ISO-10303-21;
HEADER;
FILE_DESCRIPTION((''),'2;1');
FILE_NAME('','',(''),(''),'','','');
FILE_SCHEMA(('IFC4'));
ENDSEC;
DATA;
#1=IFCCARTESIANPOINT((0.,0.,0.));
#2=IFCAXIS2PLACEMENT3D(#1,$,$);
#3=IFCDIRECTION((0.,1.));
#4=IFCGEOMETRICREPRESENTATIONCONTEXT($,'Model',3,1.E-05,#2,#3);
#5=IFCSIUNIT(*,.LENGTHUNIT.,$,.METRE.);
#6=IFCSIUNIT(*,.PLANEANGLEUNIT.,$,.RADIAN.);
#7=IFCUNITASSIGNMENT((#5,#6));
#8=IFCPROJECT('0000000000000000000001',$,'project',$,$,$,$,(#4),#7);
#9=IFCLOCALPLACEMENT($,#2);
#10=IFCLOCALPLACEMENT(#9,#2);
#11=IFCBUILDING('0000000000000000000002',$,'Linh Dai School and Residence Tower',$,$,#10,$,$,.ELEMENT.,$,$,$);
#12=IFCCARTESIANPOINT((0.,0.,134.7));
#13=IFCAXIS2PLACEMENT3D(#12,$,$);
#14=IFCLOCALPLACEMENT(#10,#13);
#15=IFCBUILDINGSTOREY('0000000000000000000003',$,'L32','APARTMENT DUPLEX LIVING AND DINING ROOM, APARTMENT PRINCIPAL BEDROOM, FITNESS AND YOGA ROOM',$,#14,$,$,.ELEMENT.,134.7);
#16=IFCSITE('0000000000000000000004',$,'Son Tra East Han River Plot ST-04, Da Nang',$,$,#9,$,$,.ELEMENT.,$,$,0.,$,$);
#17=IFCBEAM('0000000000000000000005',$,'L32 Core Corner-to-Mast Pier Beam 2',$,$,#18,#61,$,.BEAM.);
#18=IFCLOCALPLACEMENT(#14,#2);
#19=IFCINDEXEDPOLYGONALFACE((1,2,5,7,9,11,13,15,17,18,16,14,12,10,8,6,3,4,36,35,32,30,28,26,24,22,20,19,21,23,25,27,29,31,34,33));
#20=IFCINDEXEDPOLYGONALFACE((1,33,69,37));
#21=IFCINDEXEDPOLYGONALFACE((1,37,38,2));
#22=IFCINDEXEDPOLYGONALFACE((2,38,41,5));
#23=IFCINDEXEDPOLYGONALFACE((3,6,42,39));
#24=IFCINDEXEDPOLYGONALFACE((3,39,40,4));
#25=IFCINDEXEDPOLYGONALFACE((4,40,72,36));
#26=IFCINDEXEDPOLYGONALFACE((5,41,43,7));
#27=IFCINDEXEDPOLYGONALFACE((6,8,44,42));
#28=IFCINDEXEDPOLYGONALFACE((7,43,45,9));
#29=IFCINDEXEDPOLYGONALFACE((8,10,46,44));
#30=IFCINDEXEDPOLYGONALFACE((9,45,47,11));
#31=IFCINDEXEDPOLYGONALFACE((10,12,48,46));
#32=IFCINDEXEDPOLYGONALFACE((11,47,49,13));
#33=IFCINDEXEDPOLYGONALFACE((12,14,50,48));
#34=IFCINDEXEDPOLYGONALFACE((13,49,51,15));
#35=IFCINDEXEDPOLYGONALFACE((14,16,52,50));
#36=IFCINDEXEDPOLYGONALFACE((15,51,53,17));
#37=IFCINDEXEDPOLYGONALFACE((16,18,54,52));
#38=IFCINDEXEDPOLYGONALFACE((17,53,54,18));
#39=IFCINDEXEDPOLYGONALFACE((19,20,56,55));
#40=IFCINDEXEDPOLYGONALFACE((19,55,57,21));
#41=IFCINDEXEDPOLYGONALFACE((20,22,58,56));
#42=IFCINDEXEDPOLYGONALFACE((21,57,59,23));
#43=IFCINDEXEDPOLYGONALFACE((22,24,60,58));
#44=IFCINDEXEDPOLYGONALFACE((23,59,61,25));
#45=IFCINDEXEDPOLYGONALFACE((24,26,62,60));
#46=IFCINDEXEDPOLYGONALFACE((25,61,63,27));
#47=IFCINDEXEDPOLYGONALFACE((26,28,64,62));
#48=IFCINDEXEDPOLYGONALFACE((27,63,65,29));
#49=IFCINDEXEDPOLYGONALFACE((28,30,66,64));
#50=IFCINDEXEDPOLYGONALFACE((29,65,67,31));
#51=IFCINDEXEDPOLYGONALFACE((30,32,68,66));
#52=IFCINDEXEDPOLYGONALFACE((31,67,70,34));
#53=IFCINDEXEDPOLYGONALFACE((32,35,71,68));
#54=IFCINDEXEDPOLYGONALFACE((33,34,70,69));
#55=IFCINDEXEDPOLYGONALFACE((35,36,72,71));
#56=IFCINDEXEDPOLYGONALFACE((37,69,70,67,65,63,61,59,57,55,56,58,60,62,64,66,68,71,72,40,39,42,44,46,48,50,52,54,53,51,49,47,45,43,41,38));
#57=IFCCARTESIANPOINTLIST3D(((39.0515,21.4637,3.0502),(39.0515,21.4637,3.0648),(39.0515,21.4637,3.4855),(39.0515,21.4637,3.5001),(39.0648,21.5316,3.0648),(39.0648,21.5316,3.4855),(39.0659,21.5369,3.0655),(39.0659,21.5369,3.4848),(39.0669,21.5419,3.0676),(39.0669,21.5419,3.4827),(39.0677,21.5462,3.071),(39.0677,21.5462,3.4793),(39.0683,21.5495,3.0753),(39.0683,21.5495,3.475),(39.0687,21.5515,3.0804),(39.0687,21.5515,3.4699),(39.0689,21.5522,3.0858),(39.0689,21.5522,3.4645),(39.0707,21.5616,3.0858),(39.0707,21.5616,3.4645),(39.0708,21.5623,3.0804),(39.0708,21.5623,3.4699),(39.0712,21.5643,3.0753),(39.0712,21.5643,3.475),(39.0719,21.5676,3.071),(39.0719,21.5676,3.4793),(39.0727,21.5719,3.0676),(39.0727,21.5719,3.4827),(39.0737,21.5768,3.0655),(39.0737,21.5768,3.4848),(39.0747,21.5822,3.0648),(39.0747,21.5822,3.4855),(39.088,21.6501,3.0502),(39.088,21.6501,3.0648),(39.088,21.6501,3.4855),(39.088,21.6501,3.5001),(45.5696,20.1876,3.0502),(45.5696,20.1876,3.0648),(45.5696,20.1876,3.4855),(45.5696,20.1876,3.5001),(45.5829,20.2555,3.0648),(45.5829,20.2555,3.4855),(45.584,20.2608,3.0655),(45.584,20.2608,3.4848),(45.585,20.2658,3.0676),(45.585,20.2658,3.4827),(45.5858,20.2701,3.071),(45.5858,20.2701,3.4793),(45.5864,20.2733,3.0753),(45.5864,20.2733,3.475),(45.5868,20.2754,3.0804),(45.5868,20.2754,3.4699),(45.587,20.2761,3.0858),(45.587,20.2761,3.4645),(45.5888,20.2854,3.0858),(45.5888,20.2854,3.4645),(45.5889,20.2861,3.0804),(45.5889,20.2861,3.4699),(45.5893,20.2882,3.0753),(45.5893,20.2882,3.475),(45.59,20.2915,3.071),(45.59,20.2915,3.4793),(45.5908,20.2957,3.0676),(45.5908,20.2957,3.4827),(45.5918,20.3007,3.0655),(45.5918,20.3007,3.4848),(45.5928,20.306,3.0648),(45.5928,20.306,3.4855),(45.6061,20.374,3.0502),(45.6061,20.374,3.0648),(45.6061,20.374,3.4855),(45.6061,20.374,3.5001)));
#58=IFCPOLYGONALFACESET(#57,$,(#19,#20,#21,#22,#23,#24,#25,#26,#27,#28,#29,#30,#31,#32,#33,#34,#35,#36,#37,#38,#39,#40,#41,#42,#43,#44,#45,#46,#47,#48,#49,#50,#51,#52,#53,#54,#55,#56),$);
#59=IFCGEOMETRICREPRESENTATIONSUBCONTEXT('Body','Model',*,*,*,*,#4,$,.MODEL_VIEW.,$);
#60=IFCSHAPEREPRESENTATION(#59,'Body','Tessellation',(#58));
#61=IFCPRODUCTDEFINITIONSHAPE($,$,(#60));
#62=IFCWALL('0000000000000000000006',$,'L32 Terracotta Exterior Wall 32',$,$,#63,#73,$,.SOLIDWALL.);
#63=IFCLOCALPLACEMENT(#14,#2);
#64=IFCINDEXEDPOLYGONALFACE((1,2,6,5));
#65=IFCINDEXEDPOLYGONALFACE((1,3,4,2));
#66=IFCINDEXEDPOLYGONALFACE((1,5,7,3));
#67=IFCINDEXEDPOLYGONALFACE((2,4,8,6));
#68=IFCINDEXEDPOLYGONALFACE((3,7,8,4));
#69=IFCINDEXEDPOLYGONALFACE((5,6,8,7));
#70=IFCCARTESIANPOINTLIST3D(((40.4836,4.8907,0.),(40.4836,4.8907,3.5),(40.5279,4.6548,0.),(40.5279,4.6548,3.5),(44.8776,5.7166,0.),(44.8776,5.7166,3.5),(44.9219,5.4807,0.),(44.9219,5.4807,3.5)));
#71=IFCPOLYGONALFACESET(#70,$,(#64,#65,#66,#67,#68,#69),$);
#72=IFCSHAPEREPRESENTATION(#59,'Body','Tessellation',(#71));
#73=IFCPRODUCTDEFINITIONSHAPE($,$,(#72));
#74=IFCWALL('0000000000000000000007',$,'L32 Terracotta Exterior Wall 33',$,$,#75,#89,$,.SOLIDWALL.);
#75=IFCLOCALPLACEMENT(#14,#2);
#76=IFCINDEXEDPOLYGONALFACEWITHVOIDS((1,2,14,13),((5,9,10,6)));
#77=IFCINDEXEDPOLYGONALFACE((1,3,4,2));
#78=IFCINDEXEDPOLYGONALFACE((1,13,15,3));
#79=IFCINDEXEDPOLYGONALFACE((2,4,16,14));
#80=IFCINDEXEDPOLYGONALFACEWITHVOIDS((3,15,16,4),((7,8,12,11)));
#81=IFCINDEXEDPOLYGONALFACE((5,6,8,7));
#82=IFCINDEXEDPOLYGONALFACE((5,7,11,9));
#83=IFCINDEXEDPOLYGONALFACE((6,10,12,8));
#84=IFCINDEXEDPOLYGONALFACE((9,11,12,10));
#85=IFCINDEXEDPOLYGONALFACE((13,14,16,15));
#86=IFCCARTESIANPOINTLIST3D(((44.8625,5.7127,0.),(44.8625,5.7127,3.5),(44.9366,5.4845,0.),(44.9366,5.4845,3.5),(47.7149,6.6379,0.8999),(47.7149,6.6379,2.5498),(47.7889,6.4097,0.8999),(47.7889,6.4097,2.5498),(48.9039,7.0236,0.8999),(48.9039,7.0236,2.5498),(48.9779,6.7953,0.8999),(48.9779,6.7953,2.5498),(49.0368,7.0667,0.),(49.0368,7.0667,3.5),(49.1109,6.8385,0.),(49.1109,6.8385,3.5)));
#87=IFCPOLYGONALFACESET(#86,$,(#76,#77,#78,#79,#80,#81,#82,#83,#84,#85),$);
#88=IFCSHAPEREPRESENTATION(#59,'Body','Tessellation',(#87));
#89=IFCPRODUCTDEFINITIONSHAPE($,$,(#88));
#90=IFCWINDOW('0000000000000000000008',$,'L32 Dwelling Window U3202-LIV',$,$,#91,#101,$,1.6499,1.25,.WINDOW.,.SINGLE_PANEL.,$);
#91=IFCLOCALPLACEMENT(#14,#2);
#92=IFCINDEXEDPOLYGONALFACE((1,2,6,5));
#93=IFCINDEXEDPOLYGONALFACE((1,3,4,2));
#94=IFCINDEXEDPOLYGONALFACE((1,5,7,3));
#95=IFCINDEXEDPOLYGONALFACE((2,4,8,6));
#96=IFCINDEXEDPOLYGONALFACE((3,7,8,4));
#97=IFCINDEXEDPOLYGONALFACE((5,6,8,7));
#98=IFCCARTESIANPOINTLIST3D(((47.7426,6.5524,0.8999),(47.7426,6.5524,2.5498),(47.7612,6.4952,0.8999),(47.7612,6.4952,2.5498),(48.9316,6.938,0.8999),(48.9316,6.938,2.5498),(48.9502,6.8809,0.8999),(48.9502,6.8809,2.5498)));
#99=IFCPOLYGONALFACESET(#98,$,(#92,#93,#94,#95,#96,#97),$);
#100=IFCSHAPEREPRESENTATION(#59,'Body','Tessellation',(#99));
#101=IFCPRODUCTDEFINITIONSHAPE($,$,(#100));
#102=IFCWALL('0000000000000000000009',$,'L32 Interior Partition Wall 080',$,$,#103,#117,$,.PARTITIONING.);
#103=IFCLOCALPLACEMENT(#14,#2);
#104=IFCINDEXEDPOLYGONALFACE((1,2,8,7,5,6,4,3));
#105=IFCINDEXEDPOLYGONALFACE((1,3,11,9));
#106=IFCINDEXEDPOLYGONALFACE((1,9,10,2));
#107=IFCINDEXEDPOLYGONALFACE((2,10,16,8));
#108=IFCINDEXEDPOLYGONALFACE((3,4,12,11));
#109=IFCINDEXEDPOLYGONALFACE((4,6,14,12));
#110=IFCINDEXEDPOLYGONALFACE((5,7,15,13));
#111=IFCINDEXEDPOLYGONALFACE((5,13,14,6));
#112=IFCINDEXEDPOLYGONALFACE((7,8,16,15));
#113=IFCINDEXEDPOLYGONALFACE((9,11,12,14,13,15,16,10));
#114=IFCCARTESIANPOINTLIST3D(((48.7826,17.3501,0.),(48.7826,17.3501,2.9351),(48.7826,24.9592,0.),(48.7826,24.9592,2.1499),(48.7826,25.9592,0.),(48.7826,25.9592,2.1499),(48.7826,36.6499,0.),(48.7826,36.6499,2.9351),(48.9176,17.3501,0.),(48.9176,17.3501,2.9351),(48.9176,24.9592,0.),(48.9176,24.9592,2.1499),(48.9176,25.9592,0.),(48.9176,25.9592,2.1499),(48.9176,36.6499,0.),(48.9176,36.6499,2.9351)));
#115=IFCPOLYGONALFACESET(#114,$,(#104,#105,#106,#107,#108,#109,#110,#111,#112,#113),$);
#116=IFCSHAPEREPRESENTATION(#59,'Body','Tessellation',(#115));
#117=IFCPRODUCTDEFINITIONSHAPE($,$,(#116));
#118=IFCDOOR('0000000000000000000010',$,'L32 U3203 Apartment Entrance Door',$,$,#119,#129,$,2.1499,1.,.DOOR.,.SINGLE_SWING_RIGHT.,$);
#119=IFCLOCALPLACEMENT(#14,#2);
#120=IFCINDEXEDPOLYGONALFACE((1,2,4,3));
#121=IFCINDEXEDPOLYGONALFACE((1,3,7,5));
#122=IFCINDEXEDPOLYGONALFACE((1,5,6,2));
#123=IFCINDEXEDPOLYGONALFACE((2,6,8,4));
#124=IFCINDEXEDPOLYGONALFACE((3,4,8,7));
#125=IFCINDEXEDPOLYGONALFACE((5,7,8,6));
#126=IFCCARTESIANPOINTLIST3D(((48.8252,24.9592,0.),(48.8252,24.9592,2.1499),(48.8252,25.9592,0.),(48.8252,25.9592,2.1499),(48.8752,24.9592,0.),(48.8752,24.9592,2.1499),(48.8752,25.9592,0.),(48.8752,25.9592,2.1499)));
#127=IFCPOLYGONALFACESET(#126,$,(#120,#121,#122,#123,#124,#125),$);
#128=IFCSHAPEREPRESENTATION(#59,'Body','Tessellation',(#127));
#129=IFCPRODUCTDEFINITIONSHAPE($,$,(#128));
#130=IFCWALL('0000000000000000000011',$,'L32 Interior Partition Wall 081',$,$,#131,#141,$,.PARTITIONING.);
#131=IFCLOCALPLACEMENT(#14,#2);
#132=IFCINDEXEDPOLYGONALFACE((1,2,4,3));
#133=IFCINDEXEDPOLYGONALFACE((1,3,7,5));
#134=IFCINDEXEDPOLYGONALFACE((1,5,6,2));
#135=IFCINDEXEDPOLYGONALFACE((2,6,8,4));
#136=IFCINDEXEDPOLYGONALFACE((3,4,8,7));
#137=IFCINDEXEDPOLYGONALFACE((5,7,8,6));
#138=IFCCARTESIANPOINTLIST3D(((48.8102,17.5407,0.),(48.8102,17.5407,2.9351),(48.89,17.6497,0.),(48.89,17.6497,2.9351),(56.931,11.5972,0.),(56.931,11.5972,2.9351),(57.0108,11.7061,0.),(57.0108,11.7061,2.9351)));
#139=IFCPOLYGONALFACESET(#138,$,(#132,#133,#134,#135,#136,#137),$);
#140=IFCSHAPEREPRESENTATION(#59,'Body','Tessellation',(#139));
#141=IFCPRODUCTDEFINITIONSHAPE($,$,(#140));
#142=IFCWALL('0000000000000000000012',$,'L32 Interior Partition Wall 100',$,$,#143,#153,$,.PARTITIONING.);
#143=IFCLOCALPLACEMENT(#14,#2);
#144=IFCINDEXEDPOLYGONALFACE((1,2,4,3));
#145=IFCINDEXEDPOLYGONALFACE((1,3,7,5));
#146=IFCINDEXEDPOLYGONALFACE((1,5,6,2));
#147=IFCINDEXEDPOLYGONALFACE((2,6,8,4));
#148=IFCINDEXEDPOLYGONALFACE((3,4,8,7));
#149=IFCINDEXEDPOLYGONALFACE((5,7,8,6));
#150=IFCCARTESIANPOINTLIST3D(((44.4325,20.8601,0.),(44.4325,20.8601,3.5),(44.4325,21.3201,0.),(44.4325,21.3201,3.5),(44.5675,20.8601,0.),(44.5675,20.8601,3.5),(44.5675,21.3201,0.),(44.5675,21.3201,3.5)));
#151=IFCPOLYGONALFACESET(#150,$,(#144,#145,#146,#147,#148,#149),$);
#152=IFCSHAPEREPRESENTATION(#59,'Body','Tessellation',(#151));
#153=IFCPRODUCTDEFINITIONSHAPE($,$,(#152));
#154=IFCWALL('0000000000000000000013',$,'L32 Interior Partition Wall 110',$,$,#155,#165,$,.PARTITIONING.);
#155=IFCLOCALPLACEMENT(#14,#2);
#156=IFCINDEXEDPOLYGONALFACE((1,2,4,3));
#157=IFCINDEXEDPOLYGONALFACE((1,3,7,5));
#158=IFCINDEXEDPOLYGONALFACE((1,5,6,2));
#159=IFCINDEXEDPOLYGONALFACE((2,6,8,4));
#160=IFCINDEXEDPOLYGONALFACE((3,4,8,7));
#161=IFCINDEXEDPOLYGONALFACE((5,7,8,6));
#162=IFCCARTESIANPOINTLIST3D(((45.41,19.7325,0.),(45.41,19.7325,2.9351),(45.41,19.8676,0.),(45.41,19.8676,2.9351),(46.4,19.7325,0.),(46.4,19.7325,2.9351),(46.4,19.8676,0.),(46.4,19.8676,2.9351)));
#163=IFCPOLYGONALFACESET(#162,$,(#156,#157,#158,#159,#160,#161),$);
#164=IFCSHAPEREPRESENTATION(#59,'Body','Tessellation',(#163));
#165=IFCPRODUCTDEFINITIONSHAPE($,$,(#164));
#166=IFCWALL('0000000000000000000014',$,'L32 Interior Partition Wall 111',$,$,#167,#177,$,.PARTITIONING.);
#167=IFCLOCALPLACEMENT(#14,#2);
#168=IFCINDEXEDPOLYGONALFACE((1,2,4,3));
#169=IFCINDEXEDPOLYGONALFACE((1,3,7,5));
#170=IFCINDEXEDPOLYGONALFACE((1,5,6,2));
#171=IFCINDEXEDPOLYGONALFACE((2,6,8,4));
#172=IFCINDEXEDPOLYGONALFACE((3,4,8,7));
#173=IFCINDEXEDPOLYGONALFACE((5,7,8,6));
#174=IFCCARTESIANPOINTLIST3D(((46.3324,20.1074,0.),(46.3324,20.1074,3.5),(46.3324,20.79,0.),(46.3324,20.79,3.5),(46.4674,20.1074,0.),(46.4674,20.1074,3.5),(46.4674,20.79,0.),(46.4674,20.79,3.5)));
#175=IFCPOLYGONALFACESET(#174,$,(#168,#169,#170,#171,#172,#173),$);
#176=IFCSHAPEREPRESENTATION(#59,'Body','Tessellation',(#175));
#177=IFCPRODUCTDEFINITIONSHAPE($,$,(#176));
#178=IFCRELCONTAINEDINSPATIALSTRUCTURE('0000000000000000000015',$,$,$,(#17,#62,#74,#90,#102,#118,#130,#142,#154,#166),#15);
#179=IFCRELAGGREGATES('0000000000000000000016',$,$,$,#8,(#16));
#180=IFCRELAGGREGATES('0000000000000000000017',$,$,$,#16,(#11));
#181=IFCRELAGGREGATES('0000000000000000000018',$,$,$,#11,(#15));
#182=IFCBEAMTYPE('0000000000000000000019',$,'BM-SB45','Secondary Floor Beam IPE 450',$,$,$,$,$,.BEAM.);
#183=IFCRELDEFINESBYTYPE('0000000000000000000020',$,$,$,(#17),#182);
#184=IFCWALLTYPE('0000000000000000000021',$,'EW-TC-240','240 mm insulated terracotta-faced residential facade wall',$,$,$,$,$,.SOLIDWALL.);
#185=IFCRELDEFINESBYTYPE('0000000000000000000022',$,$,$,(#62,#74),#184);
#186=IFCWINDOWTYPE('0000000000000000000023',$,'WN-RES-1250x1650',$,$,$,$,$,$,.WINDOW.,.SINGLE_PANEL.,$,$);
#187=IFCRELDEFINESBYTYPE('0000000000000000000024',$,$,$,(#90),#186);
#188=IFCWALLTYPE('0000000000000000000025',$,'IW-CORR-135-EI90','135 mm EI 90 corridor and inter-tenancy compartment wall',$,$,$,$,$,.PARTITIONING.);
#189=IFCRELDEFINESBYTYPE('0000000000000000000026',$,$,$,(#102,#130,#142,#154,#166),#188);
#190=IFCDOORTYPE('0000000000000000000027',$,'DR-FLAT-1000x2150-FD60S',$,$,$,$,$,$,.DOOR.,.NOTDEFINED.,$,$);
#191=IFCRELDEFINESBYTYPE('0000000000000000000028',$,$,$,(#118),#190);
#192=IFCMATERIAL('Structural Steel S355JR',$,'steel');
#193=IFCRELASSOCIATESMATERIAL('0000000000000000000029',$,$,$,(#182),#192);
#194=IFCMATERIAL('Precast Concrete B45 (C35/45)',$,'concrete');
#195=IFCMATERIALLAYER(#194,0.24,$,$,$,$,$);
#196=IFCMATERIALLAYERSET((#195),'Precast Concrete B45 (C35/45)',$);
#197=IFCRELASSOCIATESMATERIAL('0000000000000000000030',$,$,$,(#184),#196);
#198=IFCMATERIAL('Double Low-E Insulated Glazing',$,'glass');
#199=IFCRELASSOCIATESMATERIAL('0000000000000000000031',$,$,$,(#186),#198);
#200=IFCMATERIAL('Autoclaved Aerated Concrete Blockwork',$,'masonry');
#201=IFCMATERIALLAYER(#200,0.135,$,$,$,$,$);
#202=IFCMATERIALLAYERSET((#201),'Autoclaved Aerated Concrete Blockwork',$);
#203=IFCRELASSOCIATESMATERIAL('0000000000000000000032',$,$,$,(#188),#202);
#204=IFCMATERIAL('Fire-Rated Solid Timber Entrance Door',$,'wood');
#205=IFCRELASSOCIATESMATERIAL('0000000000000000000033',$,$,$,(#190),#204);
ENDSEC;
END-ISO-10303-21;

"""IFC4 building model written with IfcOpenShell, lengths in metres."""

from ifc_helpers import new_model, si_unit, direction, frame, frame_2d, origin, origin_2d, place, context, subcontext, project, spatial, rectangle, i_section, extrude, source, transform, mapped, material, layer, layer_set, material_profile, profile_set, type_object, element, fill, save


model = new_model("IFC4")

# Units and contexts
model_context = context("Model", 3, precision=1e-05, world=origin(), true_north=direction((0.0, 1.0)))
body_context = subcontext(model_context, "Body", "Model", "MODEL_VIEW")
ifc_project = project(units=[si_unit("LENGTHUNIT", "METRE"), si_unit("PLANEANGLEUNIT", "RADIAN")], contexts=[model_context])

# Site, building, storey
site_placement = place(None, origin())
site = spatial("IfcSite", under=ifc_project, at=site_placement, Name="Son Tra East Han River Plot ST-04, Da Nang", CompositionType="ELEMENT", RefElevation=0.0)
building_placement = place(site_placement, origin())
building = spatial("IfcBuilding", under=site, at=building_placement, Name="Linh Dai School and Residence Tower", CompositionType="ELEMENT")
storey_placement = place(building_placement, frame((0.0, 0.0, 134.7)))
storey = spatial("IfcBuildingStorey", under=building, at=storey_placement, Name="L32", Description="APARTMENT DUPLEX LIVING AND DINING ROOM, APARTMENT PRINCIPAL BEDROOM, FITNESS AND YOGA ROOM", CompositionType="ELEMENT", Elevation=134.7)

# Shared definitions
ifc_material_1 = material(Name="Structural Steel S355JR", Category="steel")

# Beam
ifc_material_profile_1 = material_profile(ifc_material_1, i_section(OverallWidth=0.1899, OverallDepth=0.45, WebThickness=0.0095, FlangeThickness=0.0146, FilletRadius=0.021, at=origin_2d()), Name="IPE 450")
ifc_profile_set_1 = profile_set([ifc_material_profile_1], Name="Structural Steel S355JR")
beam_type_1 = type_object("IfcBeamType", Name="BM-SB45", Description="Secondary Floor Beam IPE 450", PredefinedType="BEAM", material=ifc_profile_set_1)
beam_1_placement = place(storey_placement, frame((45.5879, 20.2808, 3.2751), z_axis=(-0.981369, 0.192135, 0.0), x_axis=(-0.192135, -0.981369, 0.0)))
element("IfcBeam", 1, at=beam_1_placement, inside=storey, type_object=beam_type_1, Name="L32 Core Corner-to-Mast Pier Beam 2", PredefinedType="BEAM", context=body_context, shape_type="SweptSolid", body=[
    extrude(i_section(OverallWidth=0.1899, OverallDepth=0.45, WebThickness=0.0095, FlangeThickness=0.0146, FilletRadius=0.021, at=origin_2d()), origin(), (0.0, 0.0, 1.0), 6.6418),
])

# Wall
ifc_material_2 = material(Name="Precast Concrete B45 (C35/45)", Category="concrete")
ifc_layer_1 = layer(ifc_material_2, 0.24)
ifc_layer_set_1 = layer_set([ifc_layer_1], Name="Precast Concrete B45 (C35/45)")
wall_type_1 = type_object("IfcWallType", Name="EW-TC-240", Description="240 mm insulated terracotta-faced residential facade wall", PredefinedType="SOLIDWALL", material=ifc_layer_set_1)
wall_1_placement = place(storey_placement, frame((44.8997, 5.5986, 0.0), z_axis=(0.0, 0.0, 1.0), x_axis=(-0.982789, -0.18473, 0.0)))
element("IfcWall", 2, at=wall_1_placement, inside=storey, type_object=wall_type_1, Name="L32 Terracotta Exterior Wall 32", PredefinedType="SOLIDWALL", context=body_context, shape_type="SweptSolid", body=[
    extrude(rectangle(XDim=4.4709, YDim=0.24, at=frame_2d((2.2354, 0.0))), origin(), (0.0, 0.0, 1.0), 3.5),
])

# Wall, opening, window
wall_2_placement = place(storey_placement, frame((49.074, 6.9526, 0.0), z_axis=(0.0, 0.0, 1.0), x_axis=(-0.951211, -0.30854, 0.0)))
wall_2 = element("IfcWall", 3, at=wall_2_placement, inside=storey, type_object=wall_type_1, Name="L32 Terracotta Exterior Wall 33", PredefinedType="SOLIDWALL", context=body_context, shape_type="SweptSolid", body=[
    extrude(rectangle(XDim=4.3884, YDim=0.24, at=frame_2d((2.1943, 0.0))), origin(), (0.0, 0.0, 1.0), 3.5),
])
opening_1_placement = place(wall_2_placement, frame((0.1399, 0.0, 0.8999)))
opening_1 = element("IfcOpeningElement", 4, at=opening_1_placement, cuts=wall_2, PredefinedType="OPENING", context=body_context, shape_type="SweptSolid", body=[
    extrude(rectangle(XDim=1.25, YDim=1.6499, at=origin_2d()), frame((0.625, 0.1299, 0.825), z_axis=(0.0, -1.0, 0.0), x_axis=(1.0, 0.0, 0.0)), (0.0, 0.0, 1.0), 0.26),
])
ifc_material_3 = material(Name="Double Low-E Insulated Glazing", Category="glass")
window_type = type_object("IfcWindowType", Name="WN-RES-1250x1650", PartitioningType="SINGLE_PANEL", PredefinedType="WINDOW", material=ifc_material_3)
shared_shape_1 = source(origin(), body_context, "Body", "SweptSolid", [
    extrude(rectangle(XDim=1.25, YDim=1.6499, at=origin_2d()), frame((0.625, 0.03, 0.825), z_axis=(0.0, -1.0, 0.0), x_axis=(1.0, 0.0, 0.0)), (0.0, 0.0, 1.0), 0.0601),
])
window_placement = place(opening_1_placement, origin())
window = element("IfcWindow", 5, at=window_placement, inside=storey, type_object=window_type, Name="L32 Dwelling Window U3202-LIV", OverallHeight=1.6499, OverallWidth=1.25, PartitioningType="SINGLE_PANEL", PredefinedType="WINDOW", context=body_context, shape_type="MappedRepresentation", body=[
    mapped(shared_shape_1, transform((0.0, 0.0, 0.0), x_axis=(1.0, 0.0, 0.0), y_axis=(0.0, 1.0, 0.0), z_axis=(0.0, 0.0, 1.0), scale=1.0)),
])
fill(opening_1, window)

# Wall, opening, door
ifc_material_4 = material(Name="Autoclaved Aerated Concrete Blockwork", Category="masonry")
ifc_layer_2 = layer(ifc_material_4, 0.135)
ifc_layer_set_2 = layer_set([ifc_layer_2], Name="Autoclaved Aerated Concrete Blockwork")
wall_type_2 = type_object("IfcWallType", Name="IW-CORR-135-EI90", Description="135 mm EI 90 corridor and inter-tenancy compartment wall", PredefinedType="PARTITIONING", material=ifc_layer_set_2)
wall_3_placement = place(storey_placement, frame((48.8501, 17.3501, 0.0), z_axis=(0.0, 0.0, 1.0), x_axis=(0.0, 1.0, 0.0)))
wall_3 = element("IfcWall", 6, at=wall_3_placement, inside=storey, type_object=wall_type_2, Name="L32 Interior Partition Wall 080", PredefinedType="PARTITIONING", context=body_context, shape_type="SweptSolid", body=[
    extrude(rectangle(XDim=19.2998, YDim=0.135, at=frame_2d((9.6499, 0.0))), origin(), (0.0, 0.0, 1.0), 2.9351),
])
opening_2_placement = place(wall_3_placement, frame((7.6091, 0.0, 0.0)))
opening_2 = element("IfcOpeningElement", 7, at=opening_2_placement, cuts=wall_3, PredefinedType="OPENING", context=body_context, shape_type="SweptSolid", body=[
    extrude(rectangle(XDim=1.0, YDim=2.1499, at=origin_2d()), frame((0.5, 0.0776, 1.075), z_axis=(0.0, -1.0, 0.0), x_axis=(1.0, 0.0, 0.0)), (0.0, 0.0, 1.0), 0.155),
])
ifc_material_5 = material(Name="Fire-Rated Solid Timber Entrance Door", Category="wood")
door_type_1 = type_object("IfcDoorType", Name="DR-FLAT-1000x2150-FD60S", OperationType="NOTDEFINED", PredefinedType="DOOR", material=ifc_material_5)
shared_shape_2 = source(origin(), body_context, "Body", "SweptSolid", [
    extrude(rectangle(XDim=1.0, YDim=2.1499, at=origin_2d()), frame((0.5, 0.0249, 1.075), z_axis=(0.0, -1.0, 0.0), x_axis=(1.0, 0.0, 0.0)), (0.0, 0.0, 1.0), 0.05),
])
door_1_placement = place(opening_2_placement, origin())
door_1 = element("IfcDoor", 8, at=door_1_placement, inside=storey, type_object=door_type_1, Name="L32 U3203 Apartment Entrance Door", OperationType="SINGLE_SWING_RIGHT", OverallHeight=2.1499, OverallWidth=1.0, PredefinedType="DOOR", context=body_context, shape_type="MappedRepresentation", body=[
    mapped(shared_shape_2, transform((0.0, 0.0, 0.0), x_axis=(1.0, 0.0, 0.0), y_axis=(0.0, 1.0, 0.0), z_axis=(0.0, 0.0, 1.0), scale=1.0)),
])
fill(opening_2, door_1)

# Walls
wall_4_placement = place(storey_placement, frame((48.8501, 17.5952, 0.0), z_axis=(0.0, 0.0, 1.0), x_axis=(0.806958, -0.590608, 0.0)))
element("IfcWall", 9, at=wall_4_placement, inside=storey, type_object=wall_type_2, Name="L32 Interior Partition Wall 081", PredefinedType="PARTITIONING", context=body_context, shape_type="SweptSolid", body=[
    extrude(rectangle(XDim=10.0635, YDim=0.135, at=frame_2d((5.0317, 0.0))), origin(), (0.0, 0.0, 1.0), 2.9351),
])
wall_5_placement = place(storey_placement, frame((44.5, 20.8601, 0.0), z_axis=(0.0, 0.0, 1.0), x_axis=(0.0, 1.0, 0.0)))
element("IfcWall", 10, at=wall_5_placement, inside=storey, type_object=wall_type_2, Name="L32 Interior Partition Wall 100", PredefinedType="PARTITIONING", context=body_context, shape_type="SweptSolid", body=[
    extrude(rectangle(XDim=0.46, YDim=0.135, at=frame_2d((0.23, 0.0))), origin(), (0.0, 0.0, 1.0), 3.5),
])
wall_6_placement = place(storey_placement, frame((45.4099, 19.8, 0.0), z_axis=(0.0, 0.0, 1.0), x_axis=(1.0, 0.0, 0.0)))
element("IfcWall", 11, at=wall_6_placement, inside=storey, type_object=wall_type_2, Name="L32 Interior Partition Wall 110", PredefinedType="PARTITIONING", context=body_context, shape_type="SweptSolid", body=[
    extrude(rectangle(XDim=0.99, YDim=0.135, at=frame_2d((0.4951, 0.0))), origin(), (0.0, 0.0, 1.0), 2.9351),
])
wall_7_placement = place(storey_placement, frame((46.3999, 20.1074, 0.0), z_axis=(0.0, 0.0, 1.0), x_axis=(0.0, 1.0, 0.0)))
element("IfcWall", 12, at=wall_7_placement, inside=storey, type_object=wall_type_2, Name="L32 Interior Partition Wall 111", PredefinedType="PARTITIONING", context=body_context, shape_type="SweptSolid", body=[
    extrude(rectangle(XDim=0.6826, YDim=0.135, at=frame_2d((0.3413, 0.0))), origin(), (0.0, 0.0, 1.0), 3.5),
])

save(model, "model.ifc")
